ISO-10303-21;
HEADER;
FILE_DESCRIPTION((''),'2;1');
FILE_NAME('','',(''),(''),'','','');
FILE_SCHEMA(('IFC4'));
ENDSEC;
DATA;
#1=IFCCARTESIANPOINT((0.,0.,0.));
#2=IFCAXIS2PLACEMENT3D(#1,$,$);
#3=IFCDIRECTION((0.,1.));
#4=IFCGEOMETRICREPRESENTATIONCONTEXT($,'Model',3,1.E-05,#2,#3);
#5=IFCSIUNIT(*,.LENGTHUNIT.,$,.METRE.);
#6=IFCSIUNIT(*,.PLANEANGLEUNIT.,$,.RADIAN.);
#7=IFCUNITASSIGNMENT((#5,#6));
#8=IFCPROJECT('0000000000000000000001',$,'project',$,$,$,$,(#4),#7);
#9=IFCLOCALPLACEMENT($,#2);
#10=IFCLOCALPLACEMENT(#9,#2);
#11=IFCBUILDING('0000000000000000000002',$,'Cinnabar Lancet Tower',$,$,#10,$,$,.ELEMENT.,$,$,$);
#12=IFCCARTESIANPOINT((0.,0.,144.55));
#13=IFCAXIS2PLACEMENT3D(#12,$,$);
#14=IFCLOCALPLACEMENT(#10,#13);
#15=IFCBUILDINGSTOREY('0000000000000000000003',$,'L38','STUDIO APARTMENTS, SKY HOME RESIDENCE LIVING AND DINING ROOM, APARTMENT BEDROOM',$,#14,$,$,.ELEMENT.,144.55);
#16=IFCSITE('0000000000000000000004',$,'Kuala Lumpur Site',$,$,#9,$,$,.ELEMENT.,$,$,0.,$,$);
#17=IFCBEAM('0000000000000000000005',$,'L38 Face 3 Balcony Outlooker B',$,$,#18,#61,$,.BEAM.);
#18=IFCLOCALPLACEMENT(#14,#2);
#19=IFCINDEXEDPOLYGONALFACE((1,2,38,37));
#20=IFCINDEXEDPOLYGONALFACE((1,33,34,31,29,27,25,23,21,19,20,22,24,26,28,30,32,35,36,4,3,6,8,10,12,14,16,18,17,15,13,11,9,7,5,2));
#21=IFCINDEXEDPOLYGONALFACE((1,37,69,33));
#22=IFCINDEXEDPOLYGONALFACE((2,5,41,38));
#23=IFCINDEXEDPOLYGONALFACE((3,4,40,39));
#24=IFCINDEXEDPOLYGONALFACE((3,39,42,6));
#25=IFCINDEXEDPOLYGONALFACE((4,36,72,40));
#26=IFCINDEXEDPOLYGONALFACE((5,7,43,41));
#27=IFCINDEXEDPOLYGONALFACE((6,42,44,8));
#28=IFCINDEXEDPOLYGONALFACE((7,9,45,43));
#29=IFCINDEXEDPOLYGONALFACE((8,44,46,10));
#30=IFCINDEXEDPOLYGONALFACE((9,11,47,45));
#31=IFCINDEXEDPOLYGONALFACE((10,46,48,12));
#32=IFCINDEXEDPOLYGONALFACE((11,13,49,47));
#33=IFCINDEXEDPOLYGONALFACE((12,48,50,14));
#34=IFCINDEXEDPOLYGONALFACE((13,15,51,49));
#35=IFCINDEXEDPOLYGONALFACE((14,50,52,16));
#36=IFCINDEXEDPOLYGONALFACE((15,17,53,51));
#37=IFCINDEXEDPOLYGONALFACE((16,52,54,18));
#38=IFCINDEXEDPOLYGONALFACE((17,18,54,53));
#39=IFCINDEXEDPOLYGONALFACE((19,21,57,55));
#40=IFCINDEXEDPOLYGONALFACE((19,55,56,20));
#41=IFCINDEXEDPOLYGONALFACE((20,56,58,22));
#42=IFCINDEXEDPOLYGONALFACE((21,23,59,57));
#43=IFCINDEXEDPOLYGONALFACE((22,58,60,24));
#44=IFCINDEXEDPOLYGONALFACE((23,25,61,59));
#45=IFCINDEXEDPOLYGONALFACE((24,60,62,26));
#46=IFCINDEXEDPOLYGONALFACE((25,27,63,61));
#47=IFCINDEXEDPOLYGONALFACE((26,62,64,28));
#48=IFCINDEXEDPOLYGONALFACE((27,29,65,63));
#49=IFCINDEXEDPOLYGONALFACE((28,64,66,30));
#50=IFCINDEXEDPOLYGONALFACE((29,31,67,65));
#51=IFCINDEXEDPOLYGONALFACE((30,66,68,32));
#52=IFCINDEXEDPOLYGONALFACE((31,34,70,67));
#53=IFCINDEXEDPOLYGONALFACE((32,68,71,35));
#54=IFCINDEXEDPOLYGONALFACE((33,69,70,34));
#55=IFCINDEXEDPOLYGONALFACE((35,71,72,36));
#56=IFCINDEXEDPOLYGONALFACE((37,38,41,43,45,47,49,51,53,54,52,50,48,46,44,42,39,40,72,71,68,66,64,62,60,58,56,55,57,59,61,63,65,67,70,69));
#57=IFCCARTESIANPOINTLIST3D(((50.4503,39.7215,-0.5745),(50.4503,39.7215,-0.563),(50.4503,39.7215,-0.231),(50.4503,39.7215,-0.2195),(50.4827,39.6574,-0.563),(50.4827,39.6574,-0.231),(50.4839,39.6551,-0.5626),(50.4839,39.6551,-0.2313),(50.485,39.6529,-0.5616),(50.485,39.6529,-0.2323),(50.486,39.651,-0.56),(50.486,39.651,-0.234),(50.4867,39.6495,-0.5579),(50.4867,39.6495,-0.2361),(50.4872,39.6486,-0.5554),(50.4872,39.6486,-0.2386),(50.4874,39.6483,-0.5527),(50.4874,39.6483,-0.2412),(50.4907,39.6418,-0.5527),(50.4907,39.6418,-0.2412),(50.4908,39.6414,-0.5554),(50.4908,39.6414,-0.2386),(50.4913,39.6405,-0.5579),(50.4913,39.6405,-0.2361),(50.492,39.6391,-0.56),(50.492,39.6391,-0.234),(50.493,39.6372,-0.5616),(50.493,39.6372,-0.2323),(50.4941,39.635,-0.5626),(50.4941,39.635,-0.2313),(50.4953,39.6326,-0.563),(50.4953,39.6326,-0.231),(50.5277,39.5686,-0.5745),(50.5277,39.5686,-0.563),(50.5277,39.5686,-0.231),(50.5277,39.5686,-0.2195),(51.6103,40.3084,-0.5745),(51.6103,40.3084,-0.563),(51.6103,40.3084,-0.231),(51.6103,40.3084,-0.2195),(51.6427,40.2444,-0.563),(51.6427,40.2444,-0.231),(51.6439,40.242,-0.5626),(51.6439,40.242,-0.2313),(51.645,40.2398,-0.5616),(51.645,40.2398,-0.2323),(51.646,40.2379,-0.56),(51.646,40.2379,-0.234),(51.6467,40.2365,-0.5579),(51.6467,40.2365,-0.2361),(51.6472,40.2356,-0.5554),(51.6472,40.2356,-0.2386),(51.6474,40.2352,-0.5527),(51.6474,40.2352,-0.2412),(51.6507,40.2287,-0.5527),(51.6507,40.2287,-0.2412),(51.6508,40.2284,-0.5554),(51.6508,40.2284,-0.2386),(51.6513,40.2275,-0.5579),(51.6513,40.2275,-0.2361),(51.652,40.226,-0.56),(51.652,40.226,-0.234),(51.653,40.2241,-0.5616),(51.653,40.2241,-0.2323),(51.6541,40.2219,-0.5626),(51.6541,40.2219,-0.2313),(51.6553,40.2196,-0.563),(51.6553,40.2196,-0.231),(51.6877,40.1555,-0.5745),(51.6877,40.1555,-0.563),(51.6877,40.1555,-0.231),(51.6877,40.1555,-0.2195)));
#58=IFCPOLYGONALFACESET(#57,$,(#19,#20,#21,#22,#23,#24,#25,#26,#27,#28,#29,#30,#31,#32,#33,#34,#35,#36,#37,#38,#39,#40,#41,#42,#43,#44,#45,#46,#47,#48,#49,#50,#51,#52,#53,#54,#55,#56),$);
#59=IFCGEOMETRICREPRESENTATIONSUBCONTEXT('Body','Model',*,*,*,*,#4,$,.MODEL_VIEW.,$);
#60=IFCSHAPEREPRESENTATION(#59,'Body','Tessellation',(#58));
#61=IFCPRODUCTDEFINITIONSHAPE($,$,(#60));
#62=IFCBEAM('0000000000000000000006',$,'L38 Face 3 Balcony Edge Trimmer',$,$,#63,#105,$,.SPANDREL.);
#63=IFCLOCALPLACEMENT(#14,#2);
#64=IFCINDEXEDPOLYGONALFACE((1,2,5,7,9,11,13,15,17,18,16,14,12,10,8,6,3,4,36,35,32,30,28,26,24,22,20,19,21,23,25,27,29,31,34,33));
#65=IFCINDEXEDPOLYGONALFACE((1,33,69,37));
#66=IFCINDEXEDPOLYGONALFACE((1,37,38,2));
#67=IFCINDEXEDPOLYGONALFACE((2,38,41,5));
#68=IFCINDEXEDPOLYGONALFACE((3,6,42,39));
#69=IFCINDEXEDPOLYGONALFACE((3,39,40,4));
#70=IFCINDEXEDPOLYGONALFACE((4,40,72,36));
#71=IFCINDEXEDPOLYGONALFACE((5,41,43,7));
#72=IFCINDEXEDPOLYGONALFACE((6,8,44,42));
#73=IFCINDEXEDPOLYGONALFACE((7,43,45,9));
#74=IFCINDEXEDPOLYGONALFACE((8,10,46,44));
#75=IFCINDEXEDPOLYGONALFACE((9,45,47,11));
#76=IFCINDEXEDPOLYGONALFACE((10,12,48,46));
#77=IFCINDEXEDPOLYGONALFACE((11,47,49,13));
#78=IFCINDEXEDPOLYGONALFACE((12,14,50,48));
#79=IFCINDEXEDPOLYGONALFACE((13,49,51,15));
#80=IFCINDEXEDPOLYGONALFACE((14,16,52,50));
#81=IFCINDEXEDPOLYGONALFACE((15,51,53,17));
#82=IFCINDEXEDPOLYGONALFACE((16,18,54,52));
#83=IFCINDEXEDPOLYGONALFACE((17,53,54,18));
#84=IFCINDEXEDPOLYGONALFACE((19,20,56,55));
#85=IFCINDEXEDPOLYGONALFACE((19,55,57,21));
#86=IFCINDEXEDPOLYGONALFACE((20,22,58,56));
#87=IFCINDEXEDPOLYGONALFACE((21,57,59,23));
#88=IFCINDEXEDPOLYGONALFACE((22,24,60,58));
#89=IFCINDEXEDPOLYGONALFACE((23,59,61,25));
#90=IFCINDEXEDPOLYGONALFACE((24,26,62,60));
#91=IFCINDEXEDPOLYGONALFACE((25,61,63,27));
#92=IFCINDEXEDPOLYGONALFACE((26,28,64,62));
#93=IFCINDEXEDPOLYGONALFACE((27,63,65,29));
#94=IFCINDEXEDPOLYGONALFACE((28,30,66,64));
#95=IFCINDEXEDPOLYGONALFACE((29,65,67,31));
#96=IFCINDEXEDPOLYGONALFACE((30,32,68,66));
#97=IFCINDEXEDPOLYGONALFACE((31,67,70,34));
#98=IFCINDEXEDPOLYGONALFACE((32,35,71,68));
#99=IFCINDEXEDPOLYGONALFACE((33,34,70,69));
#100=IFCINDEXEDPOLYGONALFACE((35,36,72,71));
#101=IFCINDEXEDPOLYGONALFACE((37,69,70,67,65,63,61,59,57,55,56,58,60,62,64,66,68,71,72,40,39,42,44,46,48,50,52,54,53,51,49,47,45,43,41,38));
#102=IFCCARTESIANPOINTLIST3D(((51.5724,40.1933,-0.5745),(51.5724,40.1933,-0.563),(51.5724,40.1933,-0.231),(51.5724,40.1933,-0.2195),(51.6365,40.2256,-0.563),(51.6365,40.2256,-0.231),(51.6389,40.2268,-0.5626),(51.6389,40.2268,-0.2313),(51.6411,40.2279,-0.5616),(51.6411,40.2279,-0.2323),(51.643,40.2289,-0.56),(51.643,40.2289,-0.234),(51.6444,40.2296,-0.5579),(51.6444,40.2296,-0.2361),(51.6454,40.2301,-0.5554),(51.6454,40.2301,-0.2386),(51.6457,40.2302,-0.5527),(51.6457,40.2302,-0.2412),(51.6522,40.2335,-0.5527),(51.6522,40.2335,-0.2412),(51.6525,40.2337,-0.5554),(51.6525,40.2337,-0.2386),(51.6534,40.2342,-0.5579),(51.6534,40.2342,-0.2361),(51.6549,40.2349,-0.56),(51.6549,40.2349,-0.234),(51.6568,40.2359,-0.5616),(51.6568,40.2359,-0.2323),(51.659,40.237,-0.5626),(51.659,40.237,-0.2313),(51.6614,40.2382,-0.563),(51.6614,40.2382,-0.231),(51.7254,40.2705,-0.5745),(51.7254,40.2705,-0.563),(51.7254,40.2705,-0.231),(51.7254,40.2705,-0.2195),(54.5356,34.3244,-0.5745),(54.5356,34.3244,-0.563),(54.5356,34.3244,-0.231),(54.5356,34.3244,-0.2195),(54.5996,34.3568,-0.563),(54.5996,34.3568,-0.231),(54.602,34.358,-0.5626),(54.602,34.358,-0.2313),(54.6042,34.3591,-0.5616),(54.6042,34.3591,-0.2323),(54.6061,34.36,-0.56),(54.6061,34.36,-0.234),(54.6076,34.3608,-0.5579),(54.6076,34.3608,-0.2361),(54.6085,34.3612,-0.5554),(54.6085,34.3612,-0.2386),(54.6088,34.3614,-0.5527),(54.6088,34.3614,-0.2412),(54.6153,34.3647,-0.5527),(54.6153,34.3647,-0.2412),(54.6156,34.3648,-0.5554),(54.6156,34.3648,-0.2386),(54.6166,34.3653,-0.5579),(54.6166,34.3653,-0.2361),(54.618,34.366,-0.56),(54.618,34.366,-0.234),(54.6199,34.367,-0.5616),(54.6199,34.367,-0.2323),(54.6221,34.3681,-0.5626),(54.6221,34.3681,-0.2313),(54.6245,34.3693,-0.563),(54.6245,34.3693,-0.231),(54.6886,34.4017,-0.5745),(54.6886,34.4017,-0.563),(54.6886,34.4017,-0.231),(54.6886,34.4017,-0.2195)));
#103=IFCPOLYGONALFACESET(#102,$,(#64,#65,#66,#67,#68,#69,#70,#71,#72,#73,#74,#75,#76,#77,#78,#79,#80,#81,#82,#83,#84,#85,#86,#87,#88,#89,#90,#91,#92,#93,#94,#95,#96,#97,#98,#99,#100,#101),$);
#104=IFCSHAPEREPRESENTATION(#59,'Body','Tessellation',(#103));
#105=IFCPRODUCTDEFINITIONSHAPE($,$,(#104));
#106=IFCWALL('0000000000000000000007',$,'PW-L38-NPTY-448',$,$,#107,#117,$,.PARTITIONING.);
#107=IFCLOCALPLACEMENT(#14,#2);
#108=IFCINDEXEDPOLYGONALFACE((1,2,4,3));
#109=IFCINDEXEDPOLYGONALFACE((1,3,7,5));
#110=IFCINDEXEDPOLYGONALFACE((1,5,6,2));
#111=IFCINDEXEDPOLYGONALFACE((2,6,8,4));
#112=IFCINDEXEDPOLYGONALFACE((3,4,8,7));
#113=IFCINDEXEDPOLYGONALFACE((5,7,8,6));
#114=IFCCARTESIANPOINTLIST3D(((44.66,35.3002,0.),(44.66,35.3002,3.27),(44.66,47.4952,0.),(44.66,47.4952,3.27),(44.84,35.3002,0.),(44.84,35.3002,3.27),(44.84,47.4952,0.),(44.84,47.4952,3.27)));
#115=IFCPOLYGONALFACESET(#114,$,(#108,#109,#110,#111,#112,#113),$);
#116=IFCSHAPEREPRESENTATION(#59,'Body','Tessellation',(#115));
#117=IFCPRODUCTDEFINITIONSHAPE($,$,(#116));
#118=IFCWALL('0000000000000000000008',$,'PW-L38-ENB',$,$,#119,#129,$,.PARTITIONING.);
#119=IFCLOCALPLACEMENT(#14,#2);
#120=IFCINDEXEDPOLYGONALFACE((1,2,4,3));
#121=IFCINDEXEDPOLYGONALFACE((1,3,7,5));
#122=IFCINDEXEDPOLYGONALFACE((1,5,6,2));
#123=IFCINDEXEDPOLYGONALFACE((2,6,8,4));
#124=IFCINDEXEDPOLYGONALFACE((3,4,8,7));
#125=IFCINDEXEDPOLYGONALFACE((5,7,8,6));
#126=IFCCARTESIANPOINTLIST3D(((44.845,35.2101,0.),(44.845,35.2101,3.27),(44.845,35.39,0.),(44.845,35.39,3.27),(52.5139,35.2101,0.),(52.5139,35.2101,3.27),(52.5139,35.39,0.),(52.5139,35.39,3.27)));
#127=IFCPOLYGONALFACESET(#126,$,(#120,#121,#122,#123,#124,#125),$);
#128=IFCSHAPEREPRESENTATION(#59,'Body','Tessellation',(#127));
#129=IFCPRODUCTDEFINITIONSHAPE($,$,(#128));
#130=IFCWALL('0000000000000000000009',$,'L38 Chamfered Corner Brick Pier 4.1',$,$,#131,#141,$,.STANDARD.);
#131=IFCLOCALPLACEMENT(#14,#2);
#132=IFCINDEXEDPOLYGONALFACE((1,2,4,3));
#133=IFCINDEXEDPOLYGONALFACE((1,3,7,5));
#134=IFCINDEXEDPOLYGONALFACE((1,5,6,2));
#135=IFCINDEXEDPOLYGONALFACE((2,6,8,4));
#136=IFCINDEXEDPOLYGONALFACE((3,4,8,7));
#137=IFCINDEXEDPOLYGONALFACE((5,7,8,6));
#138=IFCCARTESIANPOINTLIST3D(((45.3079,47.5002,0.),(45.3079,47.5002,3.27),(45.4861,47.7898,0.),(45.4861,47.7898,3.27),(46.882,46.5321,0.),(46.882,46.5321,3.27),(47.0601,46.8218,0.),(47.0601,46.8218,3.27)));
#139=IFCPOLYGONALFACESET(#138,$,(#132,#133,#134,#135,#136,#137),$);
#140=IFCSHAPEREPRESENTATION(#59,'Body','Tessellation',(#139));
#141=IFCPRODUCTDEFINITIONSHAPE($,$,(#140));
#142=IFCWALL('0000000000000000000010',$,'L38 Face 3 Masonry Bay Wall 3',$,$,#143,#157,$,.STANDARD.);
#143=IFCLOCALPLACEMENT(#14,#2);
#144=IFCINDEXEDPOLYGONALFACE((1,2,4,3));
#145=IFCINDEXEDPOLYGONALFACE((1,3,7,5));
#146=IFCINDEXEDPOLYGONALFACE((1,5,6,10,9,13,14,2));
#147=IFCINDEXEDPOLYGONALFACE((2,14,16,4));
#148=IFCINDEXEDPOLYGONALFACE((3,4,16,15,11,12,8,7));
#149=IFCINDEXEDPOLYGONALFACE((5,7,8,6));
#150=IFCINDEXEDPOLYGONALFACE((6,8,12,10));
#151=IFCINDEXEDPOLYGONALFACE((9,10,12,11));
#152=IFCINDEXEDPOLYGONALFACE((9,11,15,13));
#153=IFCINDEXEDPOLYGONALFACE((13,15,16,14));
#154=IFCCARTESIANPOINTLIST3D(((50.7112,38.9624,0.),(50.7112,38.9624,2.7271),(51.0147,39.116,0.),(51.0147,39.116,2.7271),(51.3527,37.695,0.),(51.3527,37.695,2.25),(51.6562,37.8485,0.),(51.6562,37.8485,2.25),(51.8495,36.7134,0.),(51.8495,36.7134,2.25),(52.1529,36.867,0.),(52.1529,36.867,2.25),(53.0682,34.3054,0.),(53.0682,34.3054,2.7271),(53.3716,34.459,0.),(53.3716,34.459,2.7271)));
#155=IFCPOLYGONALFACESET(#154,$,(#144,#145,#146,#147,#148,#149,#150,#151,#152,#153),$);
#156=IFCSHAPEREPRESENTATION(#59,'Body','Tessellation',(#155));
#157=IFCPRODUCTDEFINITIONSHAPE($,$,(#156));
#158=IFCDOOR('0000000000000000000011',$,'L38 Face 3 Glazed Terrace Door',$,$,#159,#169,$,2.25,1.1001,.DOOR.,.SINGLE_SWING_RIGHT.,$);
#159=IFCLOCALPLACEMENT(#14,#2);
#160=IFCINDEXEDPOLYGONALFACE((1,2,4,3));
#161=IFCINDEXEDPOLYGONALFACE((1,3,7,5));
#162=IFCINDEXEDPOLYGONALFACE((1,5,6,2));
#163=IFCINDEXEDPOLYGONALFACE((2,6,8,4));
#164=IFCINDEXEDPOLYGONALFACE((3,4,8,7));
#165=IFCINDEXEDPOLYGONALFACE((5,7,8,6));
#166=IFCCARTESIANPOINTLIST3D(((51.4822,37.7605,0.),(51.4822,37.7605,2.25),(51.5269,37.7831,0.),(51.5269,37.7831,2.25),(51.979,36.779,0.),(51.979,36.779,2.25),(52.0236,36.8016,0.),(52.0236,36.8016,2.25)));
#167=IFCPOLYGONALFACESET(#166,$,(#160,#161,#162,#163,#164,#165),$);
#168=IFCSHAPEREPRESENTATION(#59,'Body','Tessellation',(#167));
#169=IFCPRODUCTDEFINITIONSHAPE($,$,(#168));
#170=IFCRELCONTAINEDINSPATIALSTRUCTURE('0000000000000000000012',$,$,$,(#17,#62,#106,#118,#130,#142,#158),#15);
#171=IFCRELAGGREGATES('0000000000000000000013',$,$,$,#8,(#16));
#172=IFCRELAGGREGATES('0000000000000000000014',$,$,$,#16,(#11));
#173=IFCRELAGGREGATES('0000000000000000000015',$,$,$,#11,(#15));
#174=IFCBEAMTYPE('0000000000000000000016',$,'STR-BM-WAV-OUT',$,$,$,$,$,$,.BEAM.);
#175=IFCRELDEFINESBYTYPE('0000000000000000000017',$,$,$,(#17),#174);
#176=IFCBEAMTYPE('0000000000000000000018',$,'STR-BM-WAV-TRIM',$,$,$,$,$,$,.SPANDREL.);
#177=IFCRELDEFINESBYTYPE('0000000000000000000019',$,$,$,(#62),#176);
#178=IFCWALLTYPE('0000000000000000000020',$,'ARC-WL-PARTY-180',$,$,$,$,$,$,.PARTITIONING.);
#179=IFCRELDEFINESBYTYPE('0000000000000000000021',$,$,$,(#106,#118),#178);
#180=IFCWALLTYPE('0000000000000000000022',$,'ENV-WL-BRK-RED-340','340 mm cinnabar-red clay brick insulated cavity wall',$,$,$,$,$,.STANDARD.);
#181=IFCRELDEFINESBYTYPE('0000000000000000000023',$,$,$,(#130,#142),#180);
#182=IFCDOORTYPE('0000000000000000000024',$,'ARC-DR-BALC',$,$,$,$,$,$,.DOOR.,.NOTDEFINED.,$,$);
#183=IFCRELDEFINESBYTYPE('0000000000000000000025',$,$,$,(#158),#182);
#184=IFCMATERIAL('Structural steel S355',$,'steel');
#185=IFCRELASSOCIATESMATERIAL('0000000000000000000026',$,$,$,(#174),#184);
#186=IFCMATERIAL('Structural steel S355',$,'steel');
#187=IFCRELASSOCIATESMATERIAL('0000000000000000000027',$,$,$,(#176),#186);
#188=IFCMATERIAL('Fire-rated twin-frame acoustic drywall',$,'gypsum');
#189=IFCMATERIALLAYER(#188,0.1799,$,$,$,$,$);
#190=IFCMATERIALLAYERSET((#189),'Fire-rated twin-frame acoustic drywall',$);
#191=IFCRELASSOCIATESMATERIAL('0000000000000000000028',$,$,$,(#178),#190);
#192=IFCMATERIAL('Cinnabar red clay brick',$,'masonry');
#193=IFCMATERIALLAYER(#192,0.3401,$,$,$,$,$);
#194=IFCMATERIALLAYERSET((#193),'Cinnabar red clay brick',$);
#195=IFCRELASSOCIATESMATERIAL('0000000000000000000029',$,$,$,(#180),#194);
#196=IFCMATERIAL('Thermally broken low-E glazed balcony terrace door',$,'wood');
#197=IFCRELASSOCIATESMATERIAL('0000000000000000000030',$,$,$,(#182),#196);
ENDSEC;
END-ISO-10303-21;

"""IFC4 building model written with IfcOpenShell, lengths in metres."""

from ifc_helpers import new_model, si_unit, direction, frame, frame_2d, origin, origin_2d, place, context, subcontext, project, spatial, rectangle, i_section, extrude, material, layer, layer_set, material_profile, profile_set, type_object, element, fill, save


model = new_model("IFC4")

# Units and contexts
model_context = context("Model", 3, precision=1e-05, world=origin(), true_north=direction((0.0, 1.0)))
body_context = subcontext(model_context, "Body", "Model", "MODEL_VIEW")
ifc_project = project(units=[si_unit("LENGTHUNIT", "METRE"), si_unit("PLANEANGLEUNIT", "RADIAN")], contexts=[model_context])

# Site, building, storey
site_placement = place(None, origin())
site = spatial("IfcSite", under=ifc_project, at=site_placement, Name="Kuala Lumpur Site", CompositionType="ELEMENT", RefElevation=0.0)
building_placement = place(site_placement, origin())
building = spatial("IfcBuilding", under=site, at=building_placement, Name="Cinnabar Lancet Tower", CompositionType="ELEMENT")
storey_placement = place(building_placement, frame((0.0, 0.0, 144.55)))
storey = spatial("IfcBuildingStorey", under=building, at=storey_placement, Name="L38", Description="STUDIO APARTMENTS, SKY HOME RESIDENCE LIVING AND DINING ROOM, APARTMENT BEDROOM", CompositionType="ELEMENT", Elevation=144.55)

# Beams
ifc_material_1 = material(Name="Structural steel S355", Category="steel")
ifc_material_profile_1 = material_profile(ifc_material_1, i_section(OverallWidth=0.1714, OverallDepth=0.355, WebThickness=0.0073, FlangeThickness=0.0115, FilletRadius=0.0103, at=origin_2d()), Name="UKB 356x171x51")
ifc_profile_set_1 = profile_set([ifc_material_profile_1], Name="Structural steel S355")
beam_type_1 = type_object("IfcBeamType", Name="STR-BM-WAV-OUT", PredefinedType="BEAM", material=ifc_profile_set_1)
beam_1_placement = place(storey_placement, frame((50.489, 39.645, -0.397), z_axis=(0.892276, 0.45149, 0.0), x_axis=(-0.45149, 0.892276, 0.0)))
element("IfcBeam", 1, at=beam_1_placement, inside=storey, type_object=beam_type_1, Name="L38 Face 3 Balcony Outlooker B", PredefinedType="BEAM", context=body_context, shape_type="SweptSolid", body=[
    extrude(i_section(OverallWidth=0.1714, OverallDepth=0.355, WebThickness=0.0073, FlangeThickness=0.0115, FilletRadius=0.0103, at=origin_2d()), origin(), (0.0, 0.0, 1.0), 1.3),
])
ifc_material_2 = material(Name="Structural steel S355", Category="steel")
ifc_material_profile_2 = material_profile(ifc_material_2, i_section(OverallWidth=0.1714, OverallDepth=0.355, WebThickness=0.0073, FlangeThickness=0.0115, FilletRadius=0.0103, at=origin_2d()), Name="UKB 356x171x51")
ifc_profile_set_2 = profile_set([ifc_material_profile_2], Name="Structural steel S355")
beam_type_2 = type_object("IfcBeamType", Name="STR-BM-WAV-TRIM", PredefinedType="SPANDREL", material=ifc_profile_set_2)
beam_2_placement = place(storey_placement, frame((54.6121, 34.363, -0.397), z_axis=(-0.450701, 0.892675, 0.0), x_axis=(-0.892675, -0.450701, 0.0)))
element("IfcBeam", 2, at=beam_2_placement, inside=storey, type_object=beam_type_2, Name="L38 Face 3 Balcony Edge Trimmer", PredefinedType="SPANDREL", context=body_context, shape_type="SweptSolid", body=[
    extrude(i_section(OverallWidth=0.1714, OverallDepth=0.355, WebThickness=0.0073, FlangeThickness=0.0115, FilletRadius=0.0103, at=origin_2d()), origin(), (0.0, 0.0, 1.0), 6.5745),
])

# Walls
ifc_material_3 = material(Name="Fire-rated twin-frame acoustic drywall", Category="gypsum")
ifc_layer_1 = layer(ifc_material_3, 0.1799)
ifc_layer_set_1 = layer_set([ifc_layer_1], Name="Fire-rated twin-frame acoustic drywall")
wall_type_1 = type_object("IfcWallType", Name="ARC-WL-PARTY-180", PredefinedType="PARTITIONING", material=ifc_layer_set_1)
wall_1_placement = place(storey_placement, frame((44.75, 35.3, 0.0), z_axis=(0.0, 0.0, 1.0), x_axis=(0.0, 1.0, 0.0)))
element("IfcWall", 3, at=wall_1_placement, inside=storey, type_object=wall_type_1, Name="PW-L38-NPTY-448", PredefinedType="PARTITIONING", context=body_context, shape_type="SweptSolid", body=[
    extrude(rectangle(XDim=12.1951, YDim=0.1799, at=frame_2d((6.0977, 0.0))), origin(), (0.0, 0.0, 1.0), 3.27),
])
wall_2_placement = place(storey_placement, frame((44.845, 35.3, 0.0), z_axis=(0.0, 0.0, 1.0), x_axis=(1.0, 0.0, 0.0)))
element("IfcWall", 4, at=wall_2_placement, inside=storey, type_object=wall_type_1, Name="PW-L38-ENB", PredefinedType="PARTITIONING", context=body_context, shape_type="SweptSolid", body=[
    extrude(rectangle(XDim=7.6689, YDim=0.1799, at=frame_2d((3.8345, 0.0))), origin(), (0.0, 0.0, 1.0), 3.27),
])
ifc_material_4 = material(Name="Cinnabar red clay brick", Category="masonry")
ifc_layer_2 = layer(ifc_material_4, 0.3401)
ifc_layer_set_2 = layer_set([ifc_layer_2], Name="Cinnabar red clay brick")
wall_type_2 = type_object("IfcWallType", Name="ENV-WL-BRK-RED-340", Description="340 mm cinnabar-red clay brick insulated cavity wall", PredefinedType="STANDARD", material=ifc_layer_set_2)
wall_3_placement = place(storey_placement, frame((46.9709, 46.677, 0.0), z_axis=(0.0, 0.0, 1.0), x_axis=(-0.851799, 0.523869, 0.0)))
element("IfcWall", 5, at=wall_3_placement, inside=storey, type_object=wall_type_2, Name="L38 Chamfered Corner Brick Pier 4.1", PredefinedType="STANDARD", context=body_context, shape_type="SweptSolid", body=[
    extrude(rectangle(XDim=1.8479, YDim=0.3401, at=frame_2d((0.9238, 0.0))), origin(), (0.0, 0.0, 1.0), 3.27),
])

# Wall, opening, door
wall_4_placement = place(storey_placement, frame((53.22, 34.3821, 0.0), z_axis=(0.0, 0.0, 1.0), x_axis=(-0.451568, 0.892237, 0.0)))
wall_4 = element("IfcWall", 6, at=wall_4_placement, inside=storey, type_object=wall_type_2, Name="L38 Face 3 Masonry Bay Wall 3", PredefinedType="STANDARD", context=body_context, shape_type="SweptSolid", body=[
    extrude(rectangle(XDim=5.2195, YDim=0.3401, at=frame_2d((2.6099, 0.0))), origin(), (0.0, 0.0, 1.0), 2.7271),
])
opening_1_placement = place(wall_4_placement, frame((2.699, 0.0, 0.0)))
opening_1 = element("IfcOpeningElement", 7, at=opening_1_placement, cuts=wall_4, PredefinedType="OPENING", context=body_context, shape_type="SweptSolid", body=[
    extrude(rectangle(XDim=1.1001, YDim=2.25, at=frame_2d((0.55, 1.125))), frame((0.0, 0.1799, 0.0), z_axis=(0.0, -1.0, 0.0), x_axis=(1.0, 0.0, 0.0)), (0.0, 0.0, 1.0), 0.3601),
])
ifc_material_5 = material(Name="Thermally broken low-E glazed balcony terrace door", Category="wood")
door_type = type_object("IfcDoorType", Name="ARC-DR-BALC", OperationType="NOTDEFINED", PredefinedType="DOOR", material=ifc_material_5)
door_placement = place(opening_1_placement, origin())
door = element("IfcDoor", 8, at=door_placement, inside=storey, type_object=door_type, Name="L38 Face 3 Glazed Terrace Door", OperationType="SINGLE_SWING_RIGHT", OverallHeight=2.25, OverallWidth=1.1001, PredefinedType="DOOR", context=body_context, shape_type="SweptSolid", body=[
    extrude(rectangle(XDim=1.1001, YDim=2.25, at=frame_2d((0.55, 1.125))), frame((0.0, 0.0249, 0.0), z_axis=(0.0, -1.0, 0.0), x_axis=(1.0, 0.0, 0.0)), (0.0, 0.0, 1.0), 0.05),
])
fill(opening_1, door)

save(model, "model.ifc")
